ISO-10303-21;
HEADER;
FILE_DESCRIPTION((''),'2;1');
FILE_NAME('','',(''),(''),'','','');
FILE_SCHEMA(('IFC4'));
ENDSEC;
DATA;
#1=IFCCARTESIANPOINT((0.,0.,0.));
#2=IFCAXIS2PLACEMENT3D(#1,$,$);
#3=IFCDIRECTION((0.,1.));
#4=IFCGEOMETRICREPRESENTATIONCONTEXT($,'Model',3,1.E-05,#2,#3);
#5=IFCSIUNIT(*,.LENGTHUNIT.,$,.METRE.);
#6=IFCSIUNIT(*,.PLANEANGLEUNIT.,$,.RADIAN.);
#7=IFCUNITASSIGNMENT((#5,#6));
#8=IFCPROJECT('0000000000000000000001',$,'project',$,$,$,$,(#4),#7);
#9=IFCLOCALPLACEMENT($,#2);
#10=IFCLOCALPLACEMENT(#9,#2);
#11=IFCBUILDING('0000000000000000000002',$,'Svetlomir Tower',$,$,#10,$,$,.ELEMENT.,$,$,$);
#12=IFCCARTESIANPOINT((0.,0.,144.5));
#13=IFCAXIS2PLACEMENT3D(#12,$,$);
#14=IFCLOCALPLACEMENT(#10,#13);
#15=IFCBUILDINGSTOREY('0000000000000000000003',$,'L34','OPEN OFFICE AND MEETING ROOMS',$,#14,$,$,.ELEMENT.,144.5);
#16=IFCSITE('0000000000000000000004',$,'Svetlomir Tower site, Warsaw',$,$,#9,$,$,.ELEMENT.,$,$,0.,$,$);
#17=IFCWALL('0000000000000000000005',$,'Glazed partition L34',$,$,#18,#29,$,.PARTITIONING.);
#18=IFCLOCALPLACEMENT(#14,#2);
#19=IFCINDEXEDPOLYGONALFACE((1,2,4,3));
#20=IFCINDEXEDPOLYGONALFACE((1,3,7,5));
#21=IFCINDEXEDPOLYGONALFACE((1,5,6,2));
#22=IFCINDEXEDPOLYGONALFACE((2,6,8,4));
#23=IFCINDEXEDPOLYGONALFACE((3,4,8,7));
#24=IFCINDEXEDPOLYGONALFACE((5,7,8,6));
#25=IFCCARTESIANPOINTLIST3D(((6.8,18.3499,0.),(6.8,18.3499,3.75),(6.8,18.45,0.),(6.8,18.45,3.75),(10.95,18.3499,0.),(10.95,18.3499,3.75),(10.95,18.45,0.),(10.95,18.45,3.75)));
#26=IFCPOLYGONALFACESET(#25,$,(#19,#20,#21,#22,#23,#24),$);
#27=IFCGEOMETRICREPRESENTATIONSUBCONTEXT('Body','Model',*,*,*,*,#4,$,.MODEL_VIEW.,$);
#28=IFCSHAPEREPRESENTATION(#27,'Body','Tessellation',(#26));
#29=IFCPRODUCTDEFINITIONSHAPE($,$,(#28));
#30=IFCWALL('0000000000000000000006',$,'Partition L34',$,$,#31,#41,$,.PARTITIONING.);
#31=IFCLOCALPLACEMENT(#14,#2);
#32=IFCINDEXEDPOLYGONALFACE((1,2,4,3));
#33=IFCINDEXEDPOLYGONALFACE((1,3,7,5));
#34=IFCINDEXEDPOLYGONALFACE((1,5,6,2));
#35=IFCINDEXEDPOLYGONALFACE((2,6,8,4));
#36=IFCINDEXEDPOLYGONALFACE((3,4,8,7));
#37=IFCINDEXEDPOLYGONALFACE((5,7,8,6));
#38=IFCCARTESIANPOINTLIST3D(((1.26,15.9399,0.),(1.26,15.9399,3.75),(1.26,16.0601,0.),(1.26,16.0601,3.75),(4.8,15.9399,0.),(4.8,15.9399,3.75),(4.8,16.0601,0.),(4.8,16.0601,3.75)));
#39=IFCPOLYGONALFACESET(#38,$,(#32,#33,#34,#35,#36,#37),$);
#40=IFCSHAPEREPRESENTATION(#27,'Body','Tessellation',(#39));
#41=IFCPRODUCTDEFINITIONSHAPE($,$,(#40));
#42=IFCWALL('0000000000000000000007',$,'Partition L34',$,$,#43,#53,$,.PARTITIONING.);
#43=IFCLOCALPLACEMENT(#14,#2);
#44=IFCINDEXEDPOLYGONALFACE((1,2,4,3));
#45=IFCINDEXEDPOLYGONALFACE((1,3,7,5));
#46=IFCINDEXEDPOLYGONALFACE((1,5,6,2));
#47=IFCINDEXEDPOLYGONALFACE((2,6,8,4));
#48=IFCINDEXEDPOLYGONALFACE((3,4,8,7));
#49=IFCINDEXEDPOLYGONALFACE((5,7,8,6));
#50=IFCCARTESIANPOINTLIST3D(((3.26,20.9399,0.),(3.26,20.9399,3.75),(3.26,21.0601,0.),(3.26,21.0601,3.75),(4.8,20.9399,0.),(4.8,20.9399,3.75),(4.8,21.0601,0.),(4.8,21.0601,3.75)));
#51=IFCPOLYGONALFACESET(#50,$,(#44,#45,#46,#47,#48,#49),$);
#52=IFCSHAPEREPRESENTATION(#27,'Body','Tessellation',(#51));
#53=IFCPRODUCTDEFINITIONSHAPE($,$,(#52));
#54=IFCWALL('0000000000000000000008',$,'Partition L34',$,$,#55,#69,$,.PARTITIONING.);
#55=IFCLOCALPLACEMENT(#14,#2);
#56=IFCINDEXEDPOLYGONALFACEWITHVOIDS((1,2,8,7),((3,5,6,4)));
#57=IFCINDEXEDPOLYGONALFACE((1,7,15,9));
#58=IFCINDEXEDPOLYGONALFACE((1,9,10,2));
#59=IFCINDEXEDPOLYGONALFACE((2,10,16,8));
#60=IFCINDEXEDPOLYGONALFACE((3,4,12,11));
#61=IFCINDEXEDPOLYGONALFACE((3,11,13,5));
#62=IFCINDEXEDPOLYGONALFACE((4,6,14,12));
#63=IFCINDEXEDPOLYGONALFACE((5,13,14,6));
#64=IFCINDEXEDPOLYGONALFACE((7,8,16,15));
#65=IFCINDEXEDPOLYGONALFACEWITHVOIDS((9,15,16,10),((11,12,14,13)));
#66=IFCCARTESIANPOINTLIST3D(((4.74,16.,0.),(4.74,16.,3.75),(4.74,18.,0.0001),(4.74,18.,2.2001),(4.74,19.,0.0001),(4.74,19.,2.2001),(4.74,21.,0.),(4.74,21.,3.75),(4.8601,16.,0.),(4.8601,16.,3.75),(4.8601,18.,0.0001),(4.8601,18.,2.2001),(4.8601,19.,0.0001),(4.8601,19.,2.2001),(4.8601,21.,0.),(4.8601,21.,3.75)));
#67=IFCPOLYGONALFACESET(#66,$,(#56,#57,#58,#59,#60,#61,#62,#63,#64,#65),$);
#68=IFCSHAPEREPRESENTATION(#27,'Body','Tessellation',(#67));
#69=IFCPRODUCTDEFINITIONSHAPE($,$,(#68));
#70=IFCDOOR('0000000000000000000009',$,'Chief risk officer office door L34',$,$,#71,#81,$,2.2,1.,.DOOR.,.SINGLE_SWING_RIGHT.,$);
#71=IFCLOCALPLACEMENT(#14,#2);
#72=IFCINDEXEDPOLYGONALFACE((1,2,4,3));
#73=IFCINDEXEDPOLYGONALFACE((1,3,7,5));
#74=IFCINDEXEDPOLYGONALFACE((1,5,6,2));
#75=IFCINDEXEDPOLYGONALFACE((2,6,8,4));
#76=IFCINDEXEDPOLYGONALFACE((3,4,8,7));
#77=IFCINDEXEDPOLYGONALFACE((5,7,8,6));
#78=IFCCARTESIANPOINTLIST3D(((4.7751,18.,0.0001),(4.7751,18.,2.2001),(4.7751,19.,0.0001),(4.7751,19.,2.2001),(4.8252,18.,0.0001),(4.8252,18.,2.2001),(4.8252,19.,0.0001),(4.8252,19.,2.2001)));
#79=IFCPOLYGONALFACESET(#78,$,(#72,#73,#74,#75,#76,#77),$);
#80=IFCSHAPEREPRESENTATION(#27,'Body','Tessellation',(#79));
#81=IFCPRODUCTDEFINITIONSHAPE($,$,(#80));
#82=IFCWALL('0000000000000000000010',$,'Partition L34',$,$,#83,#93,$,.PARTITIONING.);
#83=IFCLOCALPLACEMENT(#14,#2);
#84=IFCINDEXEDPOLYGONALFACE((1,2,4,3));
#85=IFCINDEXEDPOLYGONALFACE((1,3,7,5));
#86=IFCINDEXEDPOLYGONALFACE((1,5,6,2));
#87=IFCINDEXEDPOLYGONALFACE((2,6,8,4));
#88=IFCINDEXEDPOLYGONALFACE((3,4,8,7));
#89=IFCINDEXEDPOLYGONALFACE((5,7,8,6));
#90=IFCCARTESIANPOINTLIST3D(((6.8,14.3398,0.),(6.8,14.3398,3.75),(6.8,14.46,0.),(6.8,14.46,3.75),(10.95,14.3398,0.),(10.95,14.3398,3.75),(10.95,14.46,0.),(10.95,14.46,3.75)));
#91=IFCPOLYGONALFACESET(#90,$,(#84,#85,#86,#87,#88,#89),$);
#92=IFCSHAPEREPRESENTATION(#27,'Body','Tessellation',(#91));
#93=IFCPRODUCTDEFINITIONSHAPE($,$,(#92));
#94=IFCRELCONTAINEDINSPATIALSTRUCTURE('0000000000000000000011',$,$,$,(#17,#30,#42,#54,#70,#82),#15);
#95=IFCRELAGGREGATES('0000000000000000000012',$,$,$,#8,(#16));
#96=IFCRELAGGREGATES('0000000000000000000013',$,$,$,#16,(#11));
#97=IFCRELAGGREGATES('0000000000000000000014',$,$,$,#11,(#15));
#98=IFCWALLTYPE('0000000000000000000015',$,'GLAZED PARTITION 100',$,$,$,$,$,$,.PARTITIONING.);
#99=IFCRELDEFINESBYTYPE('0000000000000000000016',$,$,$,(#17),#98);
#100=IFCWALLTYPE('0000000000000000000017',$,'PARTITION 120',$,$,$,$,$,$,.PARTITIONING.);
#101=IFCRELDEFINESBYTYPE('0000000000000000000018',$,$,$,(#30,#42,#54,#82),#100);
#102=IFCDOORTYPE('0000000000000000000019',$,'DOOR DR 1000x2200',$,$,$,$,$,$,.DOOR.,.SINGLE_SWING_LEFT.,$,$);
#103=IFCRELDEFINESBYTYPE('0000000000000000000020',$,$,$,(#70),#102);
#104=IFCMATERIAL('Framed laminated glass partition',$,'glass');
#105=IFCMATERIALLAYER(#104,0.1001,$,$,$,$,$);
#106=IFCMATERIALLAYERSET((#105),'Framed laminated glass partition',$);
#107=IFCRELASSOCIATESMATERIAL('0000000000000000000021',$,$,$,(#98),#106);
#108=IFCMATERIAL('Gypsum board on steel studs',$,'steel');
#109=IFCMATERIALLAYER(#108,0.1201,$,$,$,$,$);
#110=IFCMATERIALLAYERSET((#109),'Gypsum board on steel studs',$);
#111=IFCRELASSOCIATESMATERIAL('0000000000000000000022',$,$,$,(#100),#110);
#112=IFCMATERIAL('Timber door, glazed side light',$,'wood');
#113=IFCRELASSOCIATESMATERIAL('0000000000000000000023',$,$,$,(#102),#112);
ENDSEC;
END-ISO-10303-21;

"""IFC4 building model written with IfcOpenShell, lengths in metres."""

from ifc_helpers import new_model, si_unit, direction, frame, frame_2d, origin, place, context, subcontext, project, spatial, rectangle, extrude, material, layer, layer_set, type_object, element, fill, save


model = new_model("IFC4")

# Units and contexts
model_context = context("Model", 3, precision=1e-05, world=origin(), true_north=direction((0.0, 1.0)))
body_context = subcontext(model_context, "Body", "Model", "MODEL_VIEW")
ifc_project = project(units=[si_unit("LENGTHUNIT", "METRE"), si_unit("PLANEANGLEUNIT", "RADIAN")], contexts=[model_context])

# Site, building, storey
site_placement = place(None, origin())
site = spatial("IfcSite", under=ifc_project, at=site_placement, Name="Svetlomir Tower site, Warsaw", CompositionType="ELEMENT", RefElevation=0.0)
building_placement = place(site_placement, origin())
building = spatial("IfcBuilding", under=site, at=building_placement, Name="Svetlomir Tower", CompositionType="ELEMENT")
storey_placement = place(building_placement, frame((0.0, 0.0, 144.5)))
storey = spatial("IfcBuildingStorey", under=building, at=storey_placement, Name="L34", Description="OPEN OFFICE AND MEETING ROOMS", CompositionType="ELEMENT", Elevation=144.5)

# Shared definitions
ifc_material_1 = material(Name="Framed laminated glass partition", Category="glass")
ifc_layer_1 = layer(ifc_material_1, 0.1001)
ifc_layer_set_1 = layer_set([ifc_layer_1], Name="Framed laminated glass partition")
wall_type_1 = type_object("IfcWallType", Name="GLAZED PARTITION 100", PredefinedType="PARTITIONING", material=ifc_layer_set_1)

# Walls
wall_1_placement = place(storey_placement, frame((6.8, 18.3999, 0.0), z_axis=(0.0, 0.0, 1.0), x_axis=(1.0, 0.0, 0.0)))
element("IfcWall", 1, at=wall_1_placement, inside=storey, type_object=wall_type_1, Name="Glazed partition L34", PredefinedType="PARTITIONING", context=body_context, shape_type="SweptSolid", body=[
    extrude(rectangle(XDim=4.1499, YDim=0.1001, at=frame_2d((2.075, 0.0))), origin(), (0.0, 0.0, 1.0), 3.75),
])
ifc_material_2 = material(Name="Gypsum board on steel studs", Category="steel")
ifc_layer_2 = layer(ifc_material_2, 0.1201)
ifc_layer_set_2 = layer_set([ifc_layer_2], Name="Gypsum board on steel studs")
wall_type_2 = type_object("IfcWallType", Name="PARTITION 120", PredefinedType="PARTITIONING", material=ifc_layer_set_2)
wall_2_placement = place(storey_placement, frame((1.26, 16.0, 0.0), z_axis=(0.0, 0.0, 1.0), x_axis=(1.0, 0.0, 0.0)))
element("IfcWall", 2, at=wall_2_placement, inside=storey, type_object=wall_type_2, Name="Partition L34", PredefinedType="PARTITIONING", context=body_context, shape_type="SweptSolid", body=[
    extrude(rectangle(XDim=3.54, YDim=0.1201, at=frame_2d((1.77, 0.0))), origin(), (0.0, 0.0, 1.0), 3.75),
])
wall_3_placement = place(storey_placement, frame((3.26, 21.0, 0.0), z_axis=(0.0, 0.0, 1.0), x_axis=(1.0, 0.0, 0.0)))
element("IfcWall", 3, at=wall_3_placement, inside=storey, type_object=wall_type_2, Name="Partition L34", PredefinedType="PARTITIONING", context=body_context, shape_type="SweptSolid", body=[
    extrude(rectangle(XDim=1.54, YDim=0.1201, at=frame_2d((0.77, 0.0))), origin(), (0.0, 0.0, 1.0), 3.75),
])

# Wall, opening, door
wall_4_placement = place(storey_placement, frame((4.8, 16.0, 0.0), z_axis=(0.0, 0.0, 1.0), x_axis=(0.0, 1.0, 0.0)))
wall_4 = element("IfcWall", 4, at=wall_4_placement, inside=storey, type_object=wall_type_2, Name="Partition L34", PredefinedType="PARTITIONING", context=body_context, shape_type="SweptSolid", body=[
    extrude(rectangle(XDim=5.0, YDim=0.1201, at=frame_2d((2.5, 0.0))), origin(), (0.0, 0.0, 1.0), 3.75),
])
opening_1_placement = place(wall_4_placement, frame((2.0, 0.0, 0.0)))
opening_1 = element("IfcOpeningElement", 5, at=opening_1_placement, cuts=wall_4, PredefinedType="OPENING", context=body_context, shape_type="SweptSolid", body=[
    extrude(rectangle(XDim=1.0, YDim=2.2, at=frame_2d((0.5, 1.1001))), frame((0.0, 0.0701, 0.0), z_axis=(0.0, -1.0, 0.0), x_axis=(1.0, 0.0, 0.0)), (0.0, 0.0, 1.0), 0.1401),
])
ifc_material_3 = material(Name="Timber door, glazed side light", Category="wood")
door_type_1 = type_object("IfcDoorType", Name="DOOR DR 1000x2200", OperationType="SINGLE_SWING_LEFT", PredefinedType="DOOR", material=ifc_material_3)
door_1_placement = place(opening_1_placement, origin())
door_1 = element("IfcDoor", 6, at=door_1_placement, inside=storey, type_object=door_type_1, Name="Chief risk officer office door L34", OperationType="SINGLE_SWING_RIGHT", OverallHeight=2.2, OverallWidth=1.0, PredefinedType="DOOR", context=body_context, shape_type="SweptSolid", body=[
    extrude(rectangle(XDim=1.0, YDim=2.2, at=frame_2d((0.5, 1.1001))), frame((0.0, 0.0249, 0.0), z_axis=(0.0, -1.0, 0.0), x_axis=(1.0, 0.0, 0.0)), (0.0, 0.0, 1.0), 0.05),
])
fill(opening_1, door_1)

# Wall
wall_5_placement = place(storey_placement, frame((6.8, 14.3999, 0.0), z_axis=(0.0, 0.0, 1.0), x_axis=(1.0, 0.0, 0.0)))
element("IfcWall", 7, at=wall_5_placement, inside=storey, type_object=wall_type_2, Name="Partition L34", PredefinedType="PARTITIONING", context=body_context, shape_type="SweptSolid", body=[
    extrude(rectangle(XDim=4.1499, YDim=0.1201, at=frame_2d((2.075, 0.0))), origin(), (0.0, 0.0, 1.0), 3.75),
])

save(model, "model.ifc")
